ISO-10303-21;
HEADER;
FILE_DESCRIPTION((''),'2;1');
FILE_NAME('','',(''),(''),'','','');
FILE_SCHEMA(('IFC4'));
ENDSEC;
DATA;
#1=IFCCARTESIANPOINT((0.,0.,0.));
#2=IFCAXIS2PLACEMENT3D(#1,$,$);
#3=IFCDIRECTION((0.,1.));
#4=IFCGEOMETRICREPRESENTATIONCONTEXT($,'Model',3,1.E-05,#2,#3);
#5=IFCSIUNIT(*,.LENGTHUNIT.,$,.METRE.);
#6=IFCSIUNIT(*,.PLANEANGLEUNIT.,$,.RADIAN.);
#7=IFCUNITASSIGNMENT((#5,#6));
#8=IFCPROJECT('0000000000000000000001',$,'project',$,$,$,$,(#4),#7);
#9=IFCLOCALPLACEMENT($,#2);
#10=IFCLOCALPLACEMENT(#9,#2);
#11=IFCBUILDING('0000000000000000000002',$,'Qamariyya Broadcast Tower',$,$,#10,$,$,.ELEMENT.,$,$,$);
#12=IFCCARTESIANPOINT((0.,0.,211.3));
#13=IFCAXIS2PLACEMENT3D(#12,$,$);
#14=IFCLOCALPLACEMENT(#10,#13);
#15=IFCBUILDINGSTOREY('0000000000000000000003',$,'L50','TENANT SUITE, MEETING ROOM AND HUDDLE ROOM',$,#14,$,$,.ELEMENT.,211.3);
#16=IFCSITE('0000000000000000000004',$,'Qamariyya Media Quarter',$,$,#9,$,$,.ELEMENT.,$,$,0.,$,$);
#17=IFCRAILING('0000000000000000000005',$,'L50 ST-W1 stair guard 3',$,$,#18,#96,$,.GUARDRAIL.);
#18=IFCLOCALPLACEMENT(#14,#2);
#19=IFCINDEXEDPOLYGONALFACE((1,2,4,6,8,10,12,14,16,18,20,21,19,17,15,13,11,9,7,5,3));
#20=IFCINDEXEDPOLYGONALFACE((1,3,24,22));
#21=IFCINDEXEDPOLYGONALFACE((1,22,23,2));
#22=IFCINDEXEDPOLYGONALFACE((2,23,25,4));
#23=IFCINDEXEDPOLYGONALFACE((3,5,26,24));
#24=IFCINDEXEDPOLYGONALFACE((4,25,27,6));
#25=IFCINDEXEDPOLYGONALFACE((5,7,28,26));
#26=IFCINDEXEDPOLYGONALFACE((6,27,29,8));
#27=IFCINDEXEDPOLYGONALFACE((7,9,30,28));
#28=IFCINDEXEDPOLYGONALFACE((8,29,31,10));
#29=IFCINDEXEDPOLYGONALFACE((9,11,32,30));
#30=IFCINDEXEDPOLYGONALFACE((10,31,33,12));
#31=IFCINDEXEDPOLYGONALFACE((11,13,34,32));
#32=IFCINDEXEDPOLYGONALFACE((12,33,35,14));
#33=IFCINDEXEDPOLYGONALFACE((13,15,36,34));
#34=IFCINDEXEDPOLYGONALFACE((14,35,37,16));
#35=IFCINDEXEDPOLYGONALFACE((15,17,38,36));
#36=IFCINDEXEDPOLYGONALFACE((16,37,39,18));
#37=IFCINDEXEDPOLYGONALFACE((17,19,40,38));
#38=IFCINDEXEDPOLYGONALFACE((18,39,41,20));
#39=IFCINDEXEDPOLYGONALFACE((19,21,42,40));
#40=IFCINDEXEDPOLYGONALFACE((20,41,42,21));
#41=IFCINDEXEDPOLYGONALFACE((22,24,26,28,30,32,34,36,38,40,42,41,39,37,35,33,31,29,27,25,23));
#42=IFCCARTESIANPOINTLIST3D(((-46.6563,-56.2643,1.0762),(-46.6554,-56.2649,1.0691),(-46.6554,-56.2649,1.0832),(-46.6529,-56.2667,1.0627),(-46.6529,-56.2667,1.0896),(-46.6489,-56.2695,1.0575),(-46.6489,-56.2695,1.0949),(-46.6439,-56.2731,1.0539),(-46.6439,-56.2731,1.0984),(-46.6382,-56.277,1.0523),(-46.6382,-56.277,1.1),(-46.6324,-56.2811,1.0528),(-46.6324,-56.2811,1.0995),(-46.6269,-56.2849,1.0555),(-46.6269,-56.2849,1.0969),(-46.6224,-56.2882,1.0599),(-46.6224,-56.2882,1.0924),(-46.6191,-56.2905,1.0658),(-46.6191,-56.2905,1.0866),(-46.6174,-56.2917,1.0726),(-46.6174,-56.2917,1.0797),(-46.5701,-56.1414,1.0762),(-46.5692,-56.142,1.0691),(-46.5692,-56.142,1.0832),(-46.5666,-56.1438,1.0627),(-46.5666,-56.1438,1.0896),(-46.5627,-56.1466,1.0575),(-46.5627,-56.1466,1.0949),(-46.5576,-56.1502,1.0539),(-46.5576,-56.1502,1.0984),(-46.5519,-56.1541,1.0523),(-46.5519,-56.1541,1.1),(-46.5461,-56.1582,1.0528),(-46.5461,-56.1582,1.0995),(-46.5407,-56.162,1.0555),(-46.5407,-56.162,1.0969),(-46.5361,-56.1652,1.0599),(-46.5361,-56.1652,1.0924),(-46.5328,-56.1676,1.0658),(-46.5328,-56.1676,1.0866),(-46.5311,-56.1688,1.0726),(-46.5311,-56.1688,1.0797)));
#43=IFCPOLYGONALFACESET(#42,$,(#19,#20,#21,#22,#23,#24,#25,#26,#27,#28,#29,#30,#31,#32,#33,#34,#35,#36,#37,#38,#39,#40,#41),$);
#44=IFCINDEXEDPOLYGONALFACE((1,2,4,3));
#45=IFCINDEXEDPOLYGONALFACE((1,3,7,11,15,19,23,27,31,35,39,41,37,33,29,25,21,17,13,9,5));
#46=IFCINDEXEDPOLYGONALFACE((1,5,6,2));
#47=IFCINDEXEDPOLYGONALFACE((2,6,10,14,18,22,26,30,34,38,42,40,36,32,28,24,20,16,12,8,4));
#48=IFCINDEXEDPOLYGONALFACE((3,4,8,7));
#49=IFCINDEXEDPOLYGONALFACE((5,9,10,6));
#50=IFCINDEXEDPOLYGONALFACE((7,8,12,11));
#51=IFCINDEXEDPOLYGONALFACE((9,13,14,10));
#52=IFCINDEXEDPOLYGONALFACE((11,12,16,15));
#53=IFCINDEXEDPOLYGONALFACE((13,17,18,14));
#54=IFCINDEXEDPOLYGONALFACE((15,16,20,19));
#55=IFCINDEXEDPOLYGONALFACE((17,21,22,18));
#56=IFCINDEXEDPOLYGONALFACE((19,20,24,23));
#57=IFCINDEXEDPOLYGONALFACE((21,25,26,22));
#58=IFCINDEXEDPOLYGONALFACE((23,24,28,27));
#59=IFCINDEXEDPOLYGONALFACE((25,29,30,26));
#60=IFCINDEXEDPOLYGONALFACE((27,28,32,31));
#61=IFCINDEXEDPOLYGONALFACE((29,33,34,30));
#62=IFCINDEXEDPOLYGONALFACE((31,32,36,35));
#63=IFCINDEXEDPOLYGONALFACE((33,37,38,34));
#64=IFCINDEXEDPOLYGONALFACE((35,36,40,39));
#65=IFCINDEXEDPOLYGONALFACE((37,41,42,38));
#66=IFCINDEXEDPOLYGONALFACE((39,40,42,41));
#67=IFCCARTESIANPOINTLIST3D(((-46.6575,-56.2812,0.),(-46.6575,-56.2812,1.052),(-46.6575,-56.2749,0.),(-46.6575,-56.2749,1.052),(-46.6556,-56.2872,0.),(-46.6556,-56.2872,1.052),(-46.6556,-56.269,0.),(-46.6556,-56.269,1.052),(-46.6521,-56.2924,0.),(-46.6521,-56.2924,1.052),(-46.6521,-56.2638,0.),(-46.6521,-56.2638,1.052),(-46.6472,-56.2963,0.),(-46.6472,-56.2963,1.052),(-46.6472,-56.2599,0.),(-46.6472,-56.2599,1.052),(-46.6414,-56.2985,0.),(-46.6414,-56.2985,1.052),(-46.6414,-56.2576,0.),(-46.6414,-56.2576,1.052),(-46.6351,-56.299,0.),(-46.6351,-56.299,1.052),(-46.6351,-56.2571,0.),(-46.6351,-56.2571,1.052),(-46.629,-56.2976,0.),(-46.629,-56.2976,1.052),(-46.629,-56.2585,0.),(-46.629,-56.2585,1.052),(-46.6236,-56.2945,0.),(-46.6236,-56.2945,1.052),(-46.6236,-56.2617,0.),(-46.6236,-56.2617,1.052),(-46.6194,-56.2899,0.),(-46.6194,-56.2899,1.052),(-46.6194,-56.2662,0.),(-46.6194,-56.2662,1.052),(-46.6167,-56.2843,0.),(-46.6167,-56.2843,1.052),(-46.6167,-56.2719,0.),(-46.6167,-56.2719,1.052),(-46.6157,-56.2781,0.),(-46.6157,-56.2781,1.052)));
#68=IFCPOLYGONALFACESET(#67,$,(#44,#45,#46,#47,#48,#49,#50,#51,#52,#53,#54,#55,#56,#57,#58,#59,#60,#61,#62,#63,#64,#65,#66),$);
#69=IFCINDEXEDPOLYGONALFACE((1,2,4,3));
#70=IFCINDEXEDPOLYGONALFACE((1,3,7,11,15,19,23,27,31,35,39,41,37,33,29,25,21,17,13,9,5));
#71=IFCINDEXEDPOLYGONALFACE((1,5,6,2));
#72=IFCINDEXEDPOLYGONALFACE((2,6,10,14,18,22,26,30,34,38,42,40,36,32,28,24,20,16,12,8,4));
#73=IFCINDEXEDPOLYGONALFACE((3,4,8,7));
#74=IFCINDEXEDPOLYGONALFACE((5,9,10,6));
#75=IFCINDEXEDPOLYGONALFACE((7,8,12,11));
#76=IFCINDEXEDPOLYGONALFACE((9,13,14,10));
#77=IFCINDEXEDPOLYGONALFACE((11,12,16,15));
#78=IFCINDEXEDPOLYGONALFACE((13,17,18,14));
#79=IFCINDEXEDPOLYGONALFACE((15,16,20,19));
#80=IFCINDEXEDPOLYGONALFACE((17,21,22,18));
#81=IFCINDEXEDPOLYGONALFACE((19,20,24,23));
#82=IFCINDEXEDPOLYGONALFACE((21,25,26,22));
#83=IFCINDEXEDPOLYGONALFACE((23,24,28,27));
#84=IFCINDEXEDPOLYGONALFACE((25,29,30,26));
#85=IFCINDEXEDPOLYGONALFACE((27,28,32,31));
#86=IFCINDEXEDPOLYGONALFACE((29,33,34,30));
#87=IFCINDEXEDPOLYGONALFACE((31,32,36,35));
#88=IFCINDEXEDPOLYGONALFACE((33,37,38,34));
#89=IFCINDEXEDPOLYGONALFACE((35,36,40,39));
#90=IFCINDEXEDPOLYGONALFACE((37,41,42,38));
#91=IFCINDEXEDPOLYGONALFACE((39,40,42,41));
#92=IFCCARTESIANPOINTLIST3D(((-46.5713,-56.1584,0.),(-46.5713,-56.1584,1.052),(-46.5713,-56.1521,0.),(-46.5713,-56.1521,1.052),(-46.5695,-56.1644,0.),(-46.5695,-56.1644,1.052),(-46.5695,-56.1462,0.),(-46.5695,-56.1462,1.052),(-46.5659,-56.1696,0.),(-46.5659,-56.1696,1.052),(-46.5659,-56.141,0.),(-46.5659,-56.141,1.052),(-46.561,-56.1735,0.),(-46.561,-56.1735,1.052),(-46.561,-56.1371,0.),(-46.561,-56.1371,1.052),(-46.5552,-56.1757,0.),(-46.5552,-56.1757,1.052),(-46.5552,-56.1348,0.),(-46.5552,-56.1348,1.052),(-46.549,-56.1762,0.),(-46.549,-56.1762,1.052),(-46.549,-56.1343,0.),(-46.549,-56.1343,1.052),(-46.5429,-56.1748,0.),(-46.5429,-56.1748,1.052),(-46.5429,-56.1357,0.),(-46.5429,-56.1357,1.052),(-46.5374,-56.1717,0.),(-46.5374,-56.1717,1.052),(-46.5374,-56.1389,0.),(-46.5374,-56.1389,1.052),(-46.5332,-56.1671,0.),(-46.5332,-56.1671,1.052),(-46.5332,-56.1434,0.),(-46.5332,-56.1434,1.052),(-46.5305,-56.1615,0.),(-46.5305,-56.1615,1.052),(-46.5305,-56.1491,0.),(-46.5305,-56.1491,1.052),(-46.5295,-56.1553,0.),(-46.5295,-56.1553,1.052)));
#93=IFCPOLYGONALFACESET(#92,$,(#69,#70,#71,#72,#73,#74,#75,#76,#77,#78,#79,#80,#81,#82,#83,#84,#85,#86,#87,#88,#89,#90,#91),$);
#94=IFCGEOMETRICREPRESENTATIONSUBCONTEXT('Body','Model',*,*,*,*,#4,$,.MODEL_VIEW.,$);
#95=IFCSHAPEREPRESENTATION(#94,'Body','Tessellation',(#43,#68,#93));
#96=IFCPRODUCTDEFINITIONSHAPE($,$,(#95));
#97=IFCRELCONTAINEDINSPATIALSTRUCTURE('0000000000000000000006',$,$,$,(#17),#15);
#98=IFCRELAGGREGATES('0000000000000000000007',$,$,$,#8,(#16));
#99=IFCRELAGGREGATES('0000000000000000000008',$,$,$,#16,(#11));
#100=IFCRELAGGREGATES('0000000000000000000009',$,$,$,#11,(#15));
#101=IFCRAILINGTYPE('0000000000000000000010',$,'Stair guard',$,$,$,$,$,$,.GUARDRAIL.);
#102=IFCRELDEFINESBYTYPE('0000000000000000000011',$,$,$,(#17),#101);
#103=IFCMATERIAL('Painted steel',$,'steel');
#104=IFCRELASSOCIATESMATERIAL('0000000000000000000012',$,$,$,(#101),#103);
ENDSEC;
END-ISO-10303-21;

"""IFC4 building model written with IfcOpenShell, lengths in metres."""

from ifc_helpers import new_model, si_unit, direction, frame, origin, origin_2d, place, context, subcontext, project, spatial, circle, extrude, material, type_object, element, save


model = new_model("IFC4")

# Units and contexts
model_context = context("Model", 3, precision=1e-05, world=origin(), true_north=direction((0.0, 1.0)))
body_context = subcontext(model_context, "Body", "Model", "MODEL_VIEW")
ifc_project = project(units=[si_unit("LENGTHUNIT", "METRE"), si_unit("PLANEANGLEUNIT", "RADIAN")], contexts=[model_context])

# Site, building, storey
site_placement = place(None, origin())
site = spatial("IfcSite", under=ifc_project, at=site_placement, Name="Qamariyya Media Quarter", CompositionType="ELEMENT", RefElevation=0.0)
building_placement = place(site_placement, origin())
building = spatial("IfcBuilding", under=site, at=building_placement, Name="Qamariyya Broadcast Tower", CompositionType="ELEMENT")
storey_placement = place(building_placement, frame((0.0, 0.0, 211.3)))
storey = spatial("IfcBuildingStorey", under=building, at=storey_placement, Name="L50", Description="TENANT SUITE, MEETING ROOM AND HUDDLE ROOM", CompositionType="ELEMENT", Elevation=211.3)

# Railing
ifc_material_1 = material(Name="Painted steel", Category="steel")
railing_type_1 = type_object("IfcRailingType", Name="Stair guard", PredefinedType="GUARDRAIL", material=ifc_material_1)
railing_1_placement = place(storey_placement, frame((-46.6367, -56.2781, 0.0)))
element("IfcRailing", 1, at=railing_1_placement, inside=storey, type_object=railing_type_1, Name="L50 ST-W1 stair guard 3", PredefinedType="GUARDRAIL", context=body_context, shape_type="SweptSolid", body=[
    extrude(circle(Radius=0.0239, at=origin_2d()), frame((0.0, 0.0, 1.0762), z_axis=(0.574445, 0.818543, 0.0), x_axis=(-0.818543, 0.574445, 0.0)), (0.0, 0.0, 1.0), 0.1501),
    extrude(circle(Radius=0.021, at=origin_2d()), origin(), (0.0, 0.0, 1.0), 1.052),
    extrude(circle(Radius=0.021, at=origin_2d()), frame((0.0862, 0.1228, 0.0)), (0.0, 0.0, 1.0), 1.052),
])

save(model, "model.ifc")
